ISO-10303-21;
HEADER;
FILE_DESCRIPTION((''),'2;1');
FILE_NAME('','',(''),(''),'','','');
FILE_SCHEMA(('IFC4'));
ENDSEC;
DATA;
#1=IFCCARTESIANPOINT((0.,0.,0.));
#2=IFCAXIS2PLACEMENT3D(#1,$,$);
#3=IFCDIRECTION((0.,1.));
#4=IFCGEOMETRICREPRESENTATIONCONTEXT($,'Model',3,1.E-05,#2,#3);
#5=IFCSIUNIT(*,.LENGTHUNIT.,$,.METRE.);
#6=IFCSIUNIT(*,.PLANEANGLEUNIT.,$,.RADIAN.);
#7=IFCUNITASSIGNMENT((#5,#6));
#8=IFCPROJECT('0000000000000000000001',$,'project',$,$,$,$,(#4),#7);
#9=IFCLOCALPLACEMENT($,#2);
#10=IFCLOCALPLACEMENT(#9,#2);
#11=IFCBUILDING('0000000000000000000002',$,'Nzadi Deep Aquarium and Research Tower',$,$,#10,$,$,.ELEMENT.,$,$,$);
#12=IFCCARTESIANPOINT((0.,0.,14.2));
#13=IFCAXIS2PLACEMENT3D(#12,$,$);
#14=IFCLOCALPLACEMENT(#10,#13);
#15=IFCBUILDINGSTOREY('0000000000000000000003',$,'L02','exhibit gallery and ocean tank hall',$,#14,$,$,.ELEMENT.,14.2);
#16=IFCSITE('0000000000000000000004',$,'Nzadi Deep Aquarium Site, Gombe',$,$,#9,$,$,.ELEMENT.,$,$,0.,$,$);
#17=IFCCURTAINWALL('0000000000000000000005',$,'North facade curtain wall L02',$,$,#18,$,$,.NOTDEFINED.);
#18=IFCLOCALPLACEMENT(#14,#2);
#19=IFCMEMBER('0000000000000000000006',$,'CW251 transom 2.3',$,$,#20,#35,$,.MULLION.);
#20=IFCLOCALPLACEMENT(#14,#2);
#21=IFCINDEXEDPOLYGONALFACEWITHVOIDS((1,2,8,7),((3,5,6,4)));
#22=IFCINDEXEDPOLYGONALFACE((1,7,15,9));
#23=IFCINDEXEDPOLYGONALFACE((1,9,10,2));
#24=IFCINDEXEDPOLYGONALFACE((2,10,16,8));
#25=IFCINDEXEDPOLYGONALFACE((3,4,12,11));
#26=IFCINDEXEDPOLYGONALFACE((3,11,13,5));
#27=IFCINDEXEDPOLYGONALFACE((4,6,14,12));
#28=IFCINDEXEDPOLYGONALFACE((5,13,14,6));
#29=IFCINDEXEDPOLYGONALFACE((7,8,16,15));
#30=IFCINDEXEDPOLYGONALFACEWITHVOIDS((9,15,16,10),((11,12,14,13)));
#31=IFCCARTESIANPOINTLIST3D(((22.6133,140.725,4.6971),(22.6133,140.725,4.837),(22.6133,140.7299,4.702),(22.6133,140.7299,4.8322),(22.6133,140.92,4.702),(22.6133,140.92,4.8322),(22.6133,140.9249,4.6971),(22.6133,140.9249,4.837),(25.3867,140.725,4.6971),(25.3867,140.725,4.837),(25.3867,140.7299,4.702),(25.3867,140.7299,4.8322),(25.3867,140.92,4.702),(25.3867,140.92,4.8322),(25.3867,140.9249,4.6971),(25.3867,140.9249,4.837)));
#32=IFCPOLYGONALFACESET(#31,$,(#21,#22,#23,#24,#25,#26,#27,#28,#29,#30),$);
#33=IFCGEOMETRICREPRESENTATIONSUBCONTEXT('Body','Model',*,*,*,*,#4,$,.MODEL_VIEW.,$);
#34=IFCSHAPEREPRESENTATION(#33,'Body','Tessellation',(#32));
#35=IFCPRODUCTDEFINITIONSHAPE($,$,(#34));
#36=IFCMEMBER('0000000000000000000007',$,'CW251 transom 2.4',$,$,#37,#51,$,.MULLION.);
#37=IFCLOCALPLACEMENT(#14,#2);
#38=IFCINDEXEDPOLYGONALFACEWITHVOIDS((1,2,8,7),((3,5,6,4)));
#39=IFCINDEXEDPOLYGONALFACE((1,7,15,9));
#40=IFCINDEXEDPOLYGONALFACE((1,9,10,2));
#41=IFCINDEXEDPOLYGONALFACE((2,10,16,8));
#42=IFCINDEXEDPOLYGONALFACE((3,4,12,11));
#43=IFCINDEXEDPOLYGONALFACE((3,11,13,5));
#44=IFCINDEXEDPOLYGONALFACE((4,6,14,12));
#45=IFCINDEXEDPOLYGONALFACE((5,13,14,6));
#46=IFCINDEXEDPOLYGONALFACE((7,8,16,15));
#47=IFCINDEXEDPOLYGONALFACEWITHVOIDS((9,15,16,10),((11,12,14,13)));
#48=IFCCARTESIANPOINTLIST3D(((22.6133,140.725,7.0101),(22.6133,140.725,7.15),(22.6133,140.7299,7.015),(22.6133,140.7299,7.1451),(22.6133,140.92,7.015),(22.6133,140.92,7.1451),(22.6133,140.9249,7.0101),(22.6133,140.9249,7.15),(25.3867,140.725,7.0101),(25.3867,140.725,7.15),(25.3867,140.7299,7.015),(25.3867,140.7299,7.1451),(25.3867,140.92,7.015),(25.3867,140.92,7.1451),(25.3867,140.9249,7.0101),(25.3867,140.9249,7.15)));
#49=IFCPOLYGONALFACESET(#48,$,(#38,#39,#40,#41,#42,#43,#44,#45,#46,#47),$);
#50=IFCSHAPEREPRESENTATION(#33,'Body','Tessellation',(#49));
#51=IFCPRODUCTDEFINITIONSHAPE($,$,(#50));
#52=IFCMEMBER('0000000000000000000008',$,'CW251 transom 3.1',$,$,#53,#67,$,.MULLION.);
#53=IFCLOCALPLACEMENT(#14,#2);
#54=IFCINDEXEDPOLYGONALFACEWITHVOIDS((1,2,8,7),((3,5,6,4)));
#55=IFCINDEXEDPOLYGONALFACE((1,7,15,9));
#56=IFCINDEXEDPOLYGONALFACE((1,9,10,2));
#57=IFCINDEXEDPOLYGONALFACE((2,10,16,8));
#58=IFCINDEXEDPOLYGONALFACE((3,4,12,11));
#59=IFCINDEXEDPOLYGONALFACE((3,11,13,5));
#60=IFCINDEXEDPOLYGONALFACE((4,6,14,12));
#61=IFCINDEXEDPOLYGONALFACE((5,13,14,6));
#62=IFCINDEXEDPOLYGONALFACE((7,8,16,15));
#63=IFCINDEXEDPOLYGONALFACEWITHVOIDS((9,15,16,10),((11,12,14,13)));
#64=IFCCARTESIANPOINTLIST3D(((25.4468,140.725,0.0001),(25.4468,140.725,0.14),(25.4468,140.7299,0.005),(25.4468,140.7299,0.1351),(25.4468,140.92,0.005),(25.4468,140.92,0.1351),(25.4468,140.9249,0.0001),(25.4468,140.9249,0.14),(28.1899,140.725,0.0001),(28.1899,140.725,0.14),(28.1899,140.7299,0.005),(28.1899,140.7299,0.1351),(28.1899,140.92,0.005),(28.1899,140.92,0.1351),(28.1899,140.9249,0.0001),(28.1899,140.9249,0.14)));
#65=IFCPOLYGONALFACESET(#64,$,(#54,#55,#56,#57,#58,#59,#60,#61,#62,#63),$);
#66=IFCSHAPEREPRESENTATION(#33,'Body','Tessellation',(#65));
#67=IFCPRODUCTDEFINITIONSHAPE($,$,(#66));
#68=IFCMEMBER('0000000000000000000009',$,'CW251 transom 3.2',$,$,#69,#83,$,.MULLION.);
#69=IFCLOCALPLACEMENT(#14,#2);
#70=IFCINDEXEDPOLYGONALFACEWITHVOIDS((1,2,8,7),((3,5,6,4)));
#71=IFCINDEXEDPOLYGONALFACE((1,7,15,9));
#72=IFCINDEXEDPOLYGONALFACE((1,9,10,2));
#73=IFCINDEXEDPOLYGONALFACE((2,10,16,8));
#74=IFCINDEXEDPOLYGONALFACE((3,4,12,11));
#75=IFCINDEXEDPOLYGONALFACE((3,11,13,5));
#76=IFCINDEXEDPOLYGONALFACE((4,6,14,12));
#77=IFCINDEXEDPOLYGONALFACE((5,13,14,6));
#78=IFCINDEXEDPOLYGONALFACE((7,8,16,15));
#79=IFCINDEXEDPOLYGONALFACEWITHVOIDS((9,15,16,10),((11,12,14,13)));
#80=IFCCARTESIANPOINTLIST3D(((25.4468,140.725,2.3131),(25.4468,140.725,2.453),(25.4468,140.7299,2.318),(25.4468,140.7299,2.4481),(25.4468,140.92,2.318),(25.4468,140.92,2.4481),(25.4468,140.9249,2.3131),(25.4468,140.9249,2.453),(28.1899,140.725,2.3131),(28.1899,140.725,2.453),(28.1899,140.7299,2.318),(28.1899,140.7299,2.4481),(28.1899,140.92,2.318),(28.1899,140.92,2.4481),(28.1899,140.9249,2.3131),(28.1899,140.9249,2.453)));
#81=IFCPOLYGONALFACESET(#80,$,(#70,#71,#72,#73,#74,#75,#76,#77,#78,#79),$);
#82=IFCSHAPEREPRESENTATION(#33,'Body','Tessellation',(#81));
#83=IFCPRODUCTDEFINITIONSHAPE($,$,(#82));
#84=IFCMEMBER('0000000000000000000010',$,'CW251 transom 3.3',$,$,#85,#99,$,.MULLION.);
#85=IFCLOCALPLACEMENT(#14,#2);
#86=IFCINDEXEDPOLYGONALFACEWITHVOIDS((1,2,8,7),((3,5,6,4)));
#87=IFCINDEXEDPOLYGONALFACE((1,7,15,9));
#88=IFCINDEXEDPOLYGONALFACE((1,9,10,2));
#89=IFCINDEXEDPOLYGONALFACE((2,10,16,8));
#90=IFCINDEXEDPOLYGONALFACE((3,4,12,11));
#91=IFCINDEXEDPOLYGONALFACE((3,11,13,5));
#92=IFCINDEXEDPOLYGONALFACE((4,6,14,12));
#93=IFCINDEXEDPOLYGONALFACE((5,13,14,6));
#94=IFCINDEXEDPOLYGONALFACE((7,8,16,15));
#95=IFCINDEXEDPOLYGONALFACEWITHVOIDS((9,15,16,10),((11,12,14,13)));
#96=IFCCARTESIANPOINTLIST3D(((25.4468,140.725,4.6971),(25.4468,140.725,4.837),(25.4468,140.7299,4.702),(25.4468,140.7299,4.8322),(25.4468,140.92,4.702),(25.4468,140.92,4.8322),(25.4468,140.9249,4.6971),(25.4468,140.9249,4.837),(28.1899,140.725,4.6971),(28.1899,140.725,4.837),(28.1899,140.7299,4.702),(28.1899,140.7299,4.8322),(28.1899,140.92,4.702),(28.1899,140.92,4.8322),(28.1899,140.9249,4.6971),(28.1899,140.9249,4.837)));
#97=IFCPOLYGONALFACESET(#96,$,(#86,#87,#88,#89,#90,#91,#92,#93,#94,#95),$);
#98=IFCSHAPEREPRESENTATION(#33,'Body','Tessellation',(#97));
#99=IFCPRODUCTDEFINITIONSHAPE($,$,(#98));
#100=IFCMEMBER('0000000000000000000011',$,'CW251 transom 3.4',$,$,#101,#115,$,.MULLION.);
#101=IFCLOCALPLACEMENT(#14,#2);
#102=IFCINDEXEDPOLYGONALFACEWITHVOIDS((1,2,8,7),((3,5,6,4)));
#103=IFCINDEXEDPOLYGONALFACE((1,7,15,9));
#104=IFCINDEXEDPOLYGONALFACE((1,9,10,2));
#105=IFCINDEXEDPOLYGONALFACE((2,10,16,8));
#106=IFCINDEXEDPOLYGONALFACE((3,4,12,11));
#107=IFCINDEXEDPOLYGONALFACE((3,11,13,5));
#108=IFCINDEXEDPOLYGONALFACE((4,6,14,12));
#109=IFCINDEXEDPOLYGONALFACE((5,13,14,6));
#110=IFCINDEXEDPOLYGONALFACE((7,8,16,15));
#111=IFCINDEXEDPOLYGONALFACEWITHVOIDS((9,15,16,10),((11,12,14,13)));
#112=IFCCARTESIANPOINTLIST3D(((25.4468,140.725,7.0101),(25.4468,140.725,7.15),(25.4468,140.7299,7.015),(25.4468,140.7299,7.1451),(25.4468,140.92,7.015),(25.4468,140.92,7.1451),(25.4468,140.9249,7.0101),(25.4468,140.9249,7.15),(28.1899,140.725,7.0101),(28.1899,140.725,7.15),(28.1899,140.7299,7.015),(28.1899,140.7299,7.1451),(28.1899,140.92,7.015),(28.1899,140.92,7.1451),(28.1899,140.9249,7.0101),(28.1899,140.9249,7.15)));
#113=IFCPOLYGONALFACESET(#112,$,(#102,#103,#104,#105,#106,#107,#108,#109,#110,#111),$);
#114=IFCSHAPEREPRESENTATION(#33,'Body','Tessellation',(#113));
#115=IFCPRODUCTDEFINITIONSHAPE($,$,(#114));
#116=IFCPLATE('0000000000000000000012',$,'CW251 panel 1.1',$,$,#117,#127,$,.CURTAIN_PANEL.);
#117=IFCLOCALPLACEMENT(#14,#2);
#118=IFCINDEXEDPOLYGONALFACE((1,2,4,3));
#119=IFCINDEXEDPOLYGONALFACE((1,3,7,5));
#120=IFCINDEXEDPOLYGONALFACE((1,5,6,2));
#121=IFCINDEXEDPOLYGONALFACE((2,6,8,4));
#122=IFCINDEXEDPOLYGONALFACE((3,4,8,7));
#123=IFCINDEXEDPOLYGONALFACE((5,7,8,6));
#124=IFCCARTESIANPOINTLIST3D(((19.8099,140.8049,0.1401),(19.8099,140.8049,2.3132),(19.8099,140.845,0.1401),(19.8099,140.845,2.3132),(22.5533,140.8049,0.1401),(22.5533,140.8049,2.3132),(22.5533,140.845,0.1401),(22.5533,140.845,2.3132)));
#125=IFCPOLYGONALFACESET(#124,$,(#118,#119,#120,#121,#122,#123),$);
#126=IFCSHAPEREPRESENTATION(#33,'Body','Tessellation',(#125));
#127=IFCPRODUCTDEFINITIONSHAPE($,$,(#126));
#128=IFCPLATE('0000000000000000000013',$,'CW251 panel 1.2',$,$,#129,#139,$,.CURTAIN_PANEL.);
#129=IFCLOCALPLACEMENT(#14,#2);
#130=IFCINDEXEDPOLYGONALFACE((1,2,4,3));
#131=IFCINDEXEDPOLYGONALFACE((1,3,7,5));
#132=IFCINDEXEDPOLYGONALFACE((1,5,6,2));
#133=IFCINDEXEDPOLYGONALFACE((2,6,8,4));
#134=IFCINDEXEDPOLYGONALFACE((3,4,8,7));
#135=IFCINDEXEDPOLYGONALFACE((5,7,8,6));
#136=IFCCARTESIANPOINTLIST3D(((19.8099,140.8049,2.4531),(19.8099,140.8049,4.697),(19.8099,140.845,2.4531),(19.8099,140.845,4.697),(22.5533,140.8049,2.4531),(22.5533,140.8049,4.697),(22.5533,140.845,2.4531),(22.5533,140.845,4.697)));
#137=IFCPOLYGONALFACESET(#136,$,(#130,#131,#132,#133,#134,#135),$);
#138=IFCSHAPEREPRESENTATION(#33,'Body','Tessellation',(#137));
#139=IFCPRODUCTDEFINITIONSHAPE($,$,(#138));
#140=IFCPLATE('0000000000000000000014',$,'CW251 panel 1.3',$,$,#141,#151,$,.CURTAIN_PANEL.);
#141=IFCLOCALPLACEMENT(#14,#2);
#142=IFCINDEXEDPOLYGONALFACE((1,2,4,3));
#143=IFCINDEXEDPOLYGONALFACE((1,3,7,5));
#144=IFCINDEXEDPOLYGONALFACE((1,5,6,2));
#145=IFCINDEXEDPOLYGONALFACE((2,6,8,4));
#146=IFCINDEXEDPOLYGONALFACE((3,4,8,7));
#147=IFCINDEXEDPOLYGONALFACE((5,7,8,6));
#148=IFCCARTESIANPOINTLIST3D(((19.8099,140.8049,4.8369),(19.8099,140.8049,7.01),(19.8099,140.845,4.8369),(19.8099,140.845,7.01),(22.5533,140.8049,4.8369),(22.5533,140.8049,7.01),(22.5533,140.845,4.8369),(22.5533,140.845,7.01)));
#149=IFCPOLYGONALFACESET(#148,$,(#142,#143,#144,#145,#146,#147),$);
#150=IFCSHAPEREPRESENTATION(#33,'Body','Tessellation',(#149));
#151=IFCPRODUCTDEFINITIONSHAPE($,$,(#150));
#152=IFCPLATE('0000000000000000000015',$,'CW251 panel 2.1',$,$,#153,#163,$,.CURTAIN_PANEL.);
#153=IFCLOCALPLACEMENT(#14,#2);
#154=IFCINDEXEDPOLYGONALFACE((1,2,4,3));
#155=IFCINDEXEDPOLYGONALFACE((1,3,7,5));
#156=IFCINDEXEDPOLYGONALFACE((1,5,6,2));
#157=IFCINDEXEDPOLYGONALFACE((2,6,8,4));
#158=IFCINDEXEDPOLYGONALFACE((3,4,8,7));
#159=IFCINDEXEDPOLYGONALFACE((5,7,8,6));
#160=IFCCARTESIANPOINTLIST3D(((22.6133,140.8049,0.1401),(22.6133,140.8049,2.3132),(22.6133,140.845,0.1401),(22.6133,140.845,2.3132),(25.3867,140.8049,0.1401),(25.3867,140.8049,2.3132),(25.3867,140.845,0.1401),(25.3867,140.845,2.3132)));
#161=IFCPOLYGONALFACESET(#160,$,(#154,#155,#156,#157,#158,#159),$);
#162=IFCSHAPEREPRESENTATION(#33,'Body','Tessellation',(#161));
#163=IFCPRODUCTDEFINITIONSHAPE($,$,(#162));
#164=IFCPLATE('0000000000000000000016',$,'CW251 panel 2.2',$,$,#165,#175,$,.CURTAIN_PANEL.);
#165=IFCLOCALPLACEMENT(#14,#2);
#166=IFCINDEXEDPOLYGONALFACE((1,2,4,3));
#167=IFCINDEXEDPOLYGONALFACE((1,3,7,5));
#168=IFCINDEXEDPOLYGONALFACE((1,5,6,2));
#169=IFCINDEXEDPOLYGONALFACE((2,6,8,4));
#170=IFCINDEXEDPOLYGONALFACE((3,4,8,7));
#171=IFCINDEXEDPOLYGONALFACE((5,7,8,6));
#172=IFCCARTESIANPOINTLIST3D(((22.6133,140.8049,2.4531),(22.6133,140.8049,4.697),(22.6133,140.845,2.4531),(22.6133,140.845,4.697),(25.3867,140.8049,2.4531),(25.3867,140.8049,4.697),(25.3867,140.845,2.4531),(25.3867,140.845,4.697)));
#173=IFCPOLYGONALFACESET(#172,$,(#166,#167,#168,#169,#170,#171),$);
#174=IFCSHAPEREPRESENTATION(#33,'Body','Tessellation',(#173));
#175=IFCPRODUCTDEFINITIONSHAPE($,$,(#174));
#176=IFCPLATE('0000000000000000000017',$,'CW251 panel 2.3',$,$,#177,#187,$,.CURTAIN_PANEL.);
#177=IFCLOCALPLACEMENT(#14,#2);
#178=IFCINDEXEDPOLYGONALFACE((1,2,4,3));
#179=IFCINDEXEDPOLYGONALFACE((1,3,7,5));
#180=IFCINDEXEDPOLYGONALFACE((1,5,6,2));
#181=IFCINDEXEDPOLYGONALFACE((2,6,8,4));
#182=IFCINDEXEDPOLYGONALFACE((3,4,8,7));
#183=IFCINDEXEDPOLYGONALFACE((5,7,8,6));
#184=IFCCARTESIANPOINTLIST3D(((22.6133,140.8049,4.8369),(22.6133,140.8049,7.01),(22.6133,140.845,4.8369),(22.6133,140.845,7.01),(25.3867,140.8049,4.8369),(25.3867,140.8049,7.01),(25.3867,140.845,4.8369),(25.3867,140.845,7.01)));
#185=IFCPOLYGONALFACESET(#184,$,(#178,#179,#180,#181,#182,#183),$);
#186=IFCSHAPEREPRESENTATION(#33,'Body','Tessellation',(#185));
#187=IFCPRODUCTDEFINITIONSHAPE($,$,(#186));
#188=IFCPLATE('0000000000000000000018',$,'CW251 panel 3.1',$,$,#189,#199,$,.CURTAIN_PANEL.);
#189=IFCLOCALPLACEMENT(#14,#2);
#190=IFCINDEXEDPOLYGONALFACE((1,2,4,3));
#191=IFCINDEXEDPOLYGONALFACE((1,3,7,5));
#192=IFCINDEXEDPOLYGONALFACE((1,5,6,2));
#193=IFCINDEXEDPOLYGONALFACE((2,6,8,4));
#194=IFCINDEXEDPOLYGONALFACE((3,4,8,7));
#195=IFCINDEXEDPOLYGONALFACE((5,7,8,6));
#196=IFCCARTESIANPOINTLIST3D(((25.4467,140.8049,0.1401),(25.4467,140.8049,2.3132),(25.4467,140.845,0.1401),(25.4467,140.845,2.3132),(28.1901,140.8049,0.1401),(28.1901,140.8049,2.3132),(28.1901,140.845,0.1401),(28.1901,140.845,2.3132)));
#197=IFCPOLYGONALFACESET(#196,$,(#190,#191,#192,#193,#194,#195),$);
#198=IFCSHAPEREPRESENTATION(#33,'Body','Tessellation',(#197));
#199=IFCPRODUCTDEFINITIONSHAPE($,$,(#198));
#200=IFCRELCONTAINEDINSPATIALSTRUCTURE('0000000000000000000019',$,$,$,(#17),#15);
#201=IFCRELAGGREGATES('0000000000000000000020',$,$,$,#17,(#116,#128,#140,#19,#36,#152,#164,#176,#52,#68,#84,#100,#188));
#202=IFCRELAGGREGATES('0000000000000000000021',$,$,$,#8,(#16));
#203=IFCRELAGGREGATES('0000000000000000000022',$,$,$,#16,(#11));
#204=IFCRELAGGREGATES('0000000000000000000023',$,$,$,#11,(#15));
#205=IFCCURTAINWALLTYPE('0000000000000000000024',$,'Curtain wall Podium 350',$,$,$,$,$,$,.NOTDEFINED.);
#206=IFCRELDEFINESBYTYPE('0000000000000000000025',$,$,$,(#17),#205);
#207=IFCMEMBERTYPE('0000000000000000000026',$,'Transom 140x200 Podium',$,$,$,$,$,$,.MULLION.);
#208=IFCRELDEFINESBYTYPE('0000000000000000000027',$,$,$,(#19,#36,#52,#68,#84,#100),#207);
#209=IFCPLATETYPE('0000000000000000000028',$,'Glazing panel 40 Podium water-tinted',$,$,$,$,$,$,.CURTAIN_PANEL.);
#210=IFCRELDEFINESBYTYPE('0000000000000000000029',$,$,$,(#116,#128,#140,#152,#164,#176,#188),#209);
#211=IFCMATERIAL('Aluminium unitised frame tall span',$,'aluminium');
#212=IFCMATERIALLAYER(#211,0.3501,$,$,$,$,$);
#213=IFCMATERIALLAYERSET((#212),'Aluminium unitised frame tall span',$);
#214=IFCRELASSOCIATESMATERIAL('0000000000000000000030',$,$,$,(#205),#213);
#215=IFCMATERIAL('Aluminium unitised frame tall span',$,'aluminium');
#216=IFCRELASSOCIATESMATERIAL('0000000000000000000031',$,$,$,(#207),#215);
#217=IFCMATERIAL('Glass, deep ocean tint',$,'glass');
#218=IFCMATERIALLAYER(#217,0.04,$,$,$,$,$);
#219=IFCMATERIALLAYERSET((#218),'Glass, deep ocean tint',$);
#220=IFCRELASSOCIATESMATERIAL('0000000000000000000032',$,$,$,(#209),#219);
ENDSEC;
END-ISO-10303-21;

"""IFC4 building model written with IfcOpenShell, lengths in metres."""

from ifc_helpers import new_model, si_unit, direction, frame, origin, origin_2d, place, context, subcontext, project, spatial, rectangle, hollow_rectangle, extrude, material, layer, layer_set, material_profile, profile_set, type_object, element, aggregate, save


model = new_model("IFC4")

# Units and contexts
model_context = context("Model", 3, precision=1e-05, world=origin(), true_north=direction((0.0, 1.0)))
body_context = subcontext(model_context, "Body", "Model", "MODEL_VIEW")
ifc_project = project(units=[si_unit("LENGTHUNIT", "METRE"), si_unit("PLANEANGLEUNIT", "RADIAN")], contexts=[model_context])

# Site, building, storey
site_placement = place(None, origin())
site = spatial("IfcSite", under=ifc_project, at=site_placement, Name="Nzadi Deep Aquarium Site, Gombe", CompositionType="ELEMENT", RefElevation=0.0)
building_placement = place(site_placement, origin())
building = spatial("IfcBuilding", under=site, at=building_placement, Name="Nzadi Deep Aquarium and Research Tower", CompositionType="ELEMENT")
storey_placement = place(building_placement, frame((0.0, 0.0, 14.2)))
storey = spatial("IfcBuildingStorey", under=building, at=storey_placement, Name="L02", Description="exhibit gallery and ocean tank hall", CompositionType="ELEMENT", Elevation=14.2)

# Curtain wall
ifc_material_1 = material(Name="Aluminium unitised frame tall span", Category="aluminium")
ifc_layer_1 = layer(ifc_material_1, 0.3501)
ifc_layer_set_1 = layer_set([ifc_layer_1], Name="Aluminium unitised frame tall span")
curtain_wall_type = type_object("IfcCurtainWallType", Name="Curtain wall Podium 350", PredefinedType="NOTDEFINED", material=ifc_layer_set_1)
curtain_wall_placement = place(storey_placement, origin())
curtain_wall = element("IfcCurtainWall", 1, at=curtain_wall_placement, inside=storey, type_object=curtain_wall_type, Name="North facade curtain wall L02", PredefinedType="NOTDEFINED")

# Members
ifc_material_2 = material(Name="Aluminium unitised frame tall span", Category="aluminium")
ifc_material_profile_1 = material_profile(ifc_material_2, hollow_rectangle(XDim=0.2, YDim=0.1399, WallThickness=0.0049, at=origin_2d()))
ifc_profile_set_1 = profile_set([ifc_material_profile_1], Name="Aluminium unitised frame tall span")
member_type_1 = type_object("IfcMemberType", Name="Transom 140x200 Podium", PredefinedType="MULLION", material=ifc_profile_set_1)
member_1_placement = place(storey_placement, frame((22.6133, 140.825, 4.7671), z_axis=(1.0, 0.0, 0.0), x_axis=(0.0, 1.0, 0.0)))
member_1 = element("IfcMember", 2, at=member_1_placement, type_object=member_type_1, Name="CW251 transom 2.3", PredefinedType="MULLION", context=body_context, shape_type="SweptSolid", body=[
    extrude(hollow_rectangle(XDim=0.2, YDim=0.1399, WallThickness=0.0049, at=origin_2d()), origin(), (0.0, 0.0, 1.0), 2.7734),
])
member_2_placement = place(storey_placement, frame((22.6133, 140.825, 7.0801), z_axis=(1.0, 0.0, 0.0), x_axis=(0.0, 1.0, 0.0)))
member_2 = element("IfcMember", 3, at=member_2_placement, type_object=member_type_1, Name="CW251 transom 2.4", PredefinedType="MULLION", context=body_context, shape_type="SweptSolid", body=[
    extrude(hollow_rectangle(XDim=0.2, YDim=0.1399, WallThickness=0.0049, at=origin_2d()), origin(), (0.0, 0.0, 1.0), 2.7734),
])
member_3_placement = place(storey_placement, frame((25.4468, 140.825, 0.0701), z_axis=(1.0, 0.0, 0.0), x_axis=(0.0, 1.0, 0.0)))
member_3 = element("IfcMember", 4, at=member_3_placement, type_object=member_type_1, Name="CW251 transom 3.1", PredefinedType="MULLION", context=body_context, shape_type="SweptSolid", body=[
    extrude(hollow_rectangle(XDim=0.2, YDim=0.1399, WallThickness=0.0049, at=origin_2d()), origin(), (0.0, 0.0, 1.0), 2.7432),
])
member_4_placement = place(storey_placement, frame((25.4468, 140.825, 2.3831), z_axis=(1.0, 0.0, 0.0), x_axis=(0.0, 1.0, 0.0)))
member_4 = element("IfcMember", 5, at=member_4_placement, type_object=member_type_1, Name="CW251 transom 3.2", PredefinedType="MULLION", context=body_context, shape_type="SweptSolid", body=[
    extrude(hollow_rectangle(XDim=0.2, YDim=0.1399, WallThickness=0.0049, at=origin_2d()), origin(), (0.0, 0.0, 1.0), 2.7432),
])
member_5_placement = place(storey_placement, frame((25.4468, 140.825, 4.7671), z_axis=(1.0, 0.0, 0.0), x_axis=(0.0, 1.0, 0.0)))
member_5 = element("IfcMember", 6, at=member_5_placement, type_object=member_type_1, Name="CW251 transom 3.3", PredefinedType="MULLION", context=body_context, shape_type="SweptSolid", body=[
    extrude(hollow_rectangle(XDim=0.2, YDim=0.1399, WallThickness=0.0049, at=origin_2d()), origin(), (0.0, 0.0, 1.0), 2.7432),
])
member_6_placement = place(storey_placement, frame((25.4468, 140.825, 7.0801), z_axis=(1.0, 0.0, 0.0), x_axis=(0.0, 1.0, 0.0)))
member_6 = element("IfcMember", 7, at=member_6_placement, type_object=member_type_1, Name="CW251 transom 3.4", PredefinedType="MULLION", context=body_context, shape_type="SweptSolid", body=[
    extrude(hollow_rectangle(XDim=0.2, YDim=0.1399, WallThickness=0.0049, at=origin_2d()), origin(), (0.0, 0.0, 1.0), 2.7432),
])

# Plates
ifc_material_3 = material(Name="Glass, deep ocean tint", Category="glass")
ifc_layer_2 = layer(ifc_material_3, 0.04)
ifc_layer_set_2 = layer_set([ifc_layer_2], Name="Glass, deep ocean tint")
plate_type = type_object("IfcPlateType", Name="Glazing panel 40 Podium water-tinted", PredefinedType="CURTAIN_PANEL", material=ifc_layer_set_2)
plate_1_placement = place(storey_placement, frame((21.1816, 140.825, 0.1401), z_axis=(0.0, 0.0, 1.0), x_axis=(1.0, 0.0, 0.0)))
plate_1 = element("IfcPlate", 8, at=plate_1_placement, type_object=plate_type, Name="CW251 panel 1.1", PredefinedType="CURTAIN_PANEL", context=body_context, shape_type="SweptSolid", body=[
    extrude(rectangle(XDim=2.7434, YDim=0.04, at=origin_2d()), origin(), (0.0, 0.0, 1.0), 2.1731),
])
plate_2_placement = place(storey_placement, frame((21.1816, 140.825, 2.4531), z_axis=(0.0, 0.0, 1.0), x_axis=(1.0, 0.0, 0.0)))
plate_2 = element("IfcPlate", 9, at=plate_2_placement, type_object=plate_type, Name="CW251 panel 1.2", PredefinedType="CURTAIN_PANEL", context=body_context, shape_type="SweptSolid", body=[
    extrude(rectangle(XDim=2.7434, YDim=0.04, at=origin_2d()), origin(), (0.0, 0.0, 1.0), 2.2439),
])
plate_3_placement = place(storey_placement, frame((21.1816, 140.825, 4.8369), z_axis=(0.0, 0.0, 1.0), x_axis=(1.0, 0.0, 0.0)))
plate_3 = element("IfcPlate", 10, at=plate_3_placement, type_object=plate_type, Name="CW251 panel 1.3", PredefinedType="CURTAIN_PANEL", context=body_context, shape_type="SweptSolid", body=[
    extrude(rectangle(XDim=2.7434, YDim=0.04, at=origin_2d()), origin(), (0.0, 0.0, 1.0), 2.1731),
])
plate_4_placement = place(storey_placement, frame((24.0, 140.825, 0.1401), z_axis=(0.0, 0.0, 1.0), x_axis=(1.0, 0.0, 0.0)))
plate_4 = element("IfcPlate", 11, at=plate_4_placement, type_object=plate_type, Name="CW251 panel 2.1", PredefinedType="CURTAIN_PANEL", context=body_context, shape_type="SweptSolid", body=[
    extrude(rectangle(XDim=2.7734, YDim=0.04, at=origin_2d()), origin(), (0.0, 0.0, 1.0), 2.1731),
])
plate_5_placement = place(storey_placement, frame((24.0, 140.825, 2.4531), z_axis=(0.0, 0.0, 1.0), x_axis=(1.0, 0.0, 0.0)))
plate_5 = element("IfcPlate", 12, at=plate_5_placement, type_object=plate_type, Name="CW251 panel 2.2", PredefinedType="CURTAIN_PANEL", context=body_context, shape_type="SweptSolid", body=[
    extrude(rectangle(XDim=2.7734, YDim=0.04, at=origin_2d()), origin(), (0.0, 0.0, 1.0), 2.2439),
])
plate_6_placement = place(storey_placement, frame((24.0, 140.825, 4.8369), z_axis=(0.0, 0.0, 1.0), x_axis=(1.0, 0.0, 0.0)))
plate_6 = element("IfcPlate", 13, at=plate_6_placement, type_object=plate_type, Name="CW251 panel 2.3", PredefinedType="CURTAIN_PANEL", context=body_context, shape_type="SweptSolid", body=[
    extrude(rectangle(XDim=2.7734, YDim=0.04, at=origin_2d()), origin(), (0.0, 0.0, 1.0), 2.1731),
])
plate_7_placement = place(storey_placement, frame((26.8184, 140.825, 0.1401), z_axis=(0.0, 0.0, 1.0), x_axis=(1.0, 0.0, 0.0)))
plate_7 = element("IfcPlate", 14, at=plate_7_placement, type_object=plate_type, Name="CW251 panel 3.1", PredefinedType="CURTAIN_PANEL", context=body_context, shape_type="SweptSolid", body=[
    extrude(rectangle(XDim=2.7434, YDim=0.04, at=origin_2d()), origin(), (0.0, 0.0, 1.0), 2.1731),
])
aggregate(curtain_wall, [plate_1, plate_2, plate_3, member_1, member_2, plate_4, plate_5, plate_6, member_3, member_4, member_5, member_6, plate_7])

save(model, "model.ifc")
